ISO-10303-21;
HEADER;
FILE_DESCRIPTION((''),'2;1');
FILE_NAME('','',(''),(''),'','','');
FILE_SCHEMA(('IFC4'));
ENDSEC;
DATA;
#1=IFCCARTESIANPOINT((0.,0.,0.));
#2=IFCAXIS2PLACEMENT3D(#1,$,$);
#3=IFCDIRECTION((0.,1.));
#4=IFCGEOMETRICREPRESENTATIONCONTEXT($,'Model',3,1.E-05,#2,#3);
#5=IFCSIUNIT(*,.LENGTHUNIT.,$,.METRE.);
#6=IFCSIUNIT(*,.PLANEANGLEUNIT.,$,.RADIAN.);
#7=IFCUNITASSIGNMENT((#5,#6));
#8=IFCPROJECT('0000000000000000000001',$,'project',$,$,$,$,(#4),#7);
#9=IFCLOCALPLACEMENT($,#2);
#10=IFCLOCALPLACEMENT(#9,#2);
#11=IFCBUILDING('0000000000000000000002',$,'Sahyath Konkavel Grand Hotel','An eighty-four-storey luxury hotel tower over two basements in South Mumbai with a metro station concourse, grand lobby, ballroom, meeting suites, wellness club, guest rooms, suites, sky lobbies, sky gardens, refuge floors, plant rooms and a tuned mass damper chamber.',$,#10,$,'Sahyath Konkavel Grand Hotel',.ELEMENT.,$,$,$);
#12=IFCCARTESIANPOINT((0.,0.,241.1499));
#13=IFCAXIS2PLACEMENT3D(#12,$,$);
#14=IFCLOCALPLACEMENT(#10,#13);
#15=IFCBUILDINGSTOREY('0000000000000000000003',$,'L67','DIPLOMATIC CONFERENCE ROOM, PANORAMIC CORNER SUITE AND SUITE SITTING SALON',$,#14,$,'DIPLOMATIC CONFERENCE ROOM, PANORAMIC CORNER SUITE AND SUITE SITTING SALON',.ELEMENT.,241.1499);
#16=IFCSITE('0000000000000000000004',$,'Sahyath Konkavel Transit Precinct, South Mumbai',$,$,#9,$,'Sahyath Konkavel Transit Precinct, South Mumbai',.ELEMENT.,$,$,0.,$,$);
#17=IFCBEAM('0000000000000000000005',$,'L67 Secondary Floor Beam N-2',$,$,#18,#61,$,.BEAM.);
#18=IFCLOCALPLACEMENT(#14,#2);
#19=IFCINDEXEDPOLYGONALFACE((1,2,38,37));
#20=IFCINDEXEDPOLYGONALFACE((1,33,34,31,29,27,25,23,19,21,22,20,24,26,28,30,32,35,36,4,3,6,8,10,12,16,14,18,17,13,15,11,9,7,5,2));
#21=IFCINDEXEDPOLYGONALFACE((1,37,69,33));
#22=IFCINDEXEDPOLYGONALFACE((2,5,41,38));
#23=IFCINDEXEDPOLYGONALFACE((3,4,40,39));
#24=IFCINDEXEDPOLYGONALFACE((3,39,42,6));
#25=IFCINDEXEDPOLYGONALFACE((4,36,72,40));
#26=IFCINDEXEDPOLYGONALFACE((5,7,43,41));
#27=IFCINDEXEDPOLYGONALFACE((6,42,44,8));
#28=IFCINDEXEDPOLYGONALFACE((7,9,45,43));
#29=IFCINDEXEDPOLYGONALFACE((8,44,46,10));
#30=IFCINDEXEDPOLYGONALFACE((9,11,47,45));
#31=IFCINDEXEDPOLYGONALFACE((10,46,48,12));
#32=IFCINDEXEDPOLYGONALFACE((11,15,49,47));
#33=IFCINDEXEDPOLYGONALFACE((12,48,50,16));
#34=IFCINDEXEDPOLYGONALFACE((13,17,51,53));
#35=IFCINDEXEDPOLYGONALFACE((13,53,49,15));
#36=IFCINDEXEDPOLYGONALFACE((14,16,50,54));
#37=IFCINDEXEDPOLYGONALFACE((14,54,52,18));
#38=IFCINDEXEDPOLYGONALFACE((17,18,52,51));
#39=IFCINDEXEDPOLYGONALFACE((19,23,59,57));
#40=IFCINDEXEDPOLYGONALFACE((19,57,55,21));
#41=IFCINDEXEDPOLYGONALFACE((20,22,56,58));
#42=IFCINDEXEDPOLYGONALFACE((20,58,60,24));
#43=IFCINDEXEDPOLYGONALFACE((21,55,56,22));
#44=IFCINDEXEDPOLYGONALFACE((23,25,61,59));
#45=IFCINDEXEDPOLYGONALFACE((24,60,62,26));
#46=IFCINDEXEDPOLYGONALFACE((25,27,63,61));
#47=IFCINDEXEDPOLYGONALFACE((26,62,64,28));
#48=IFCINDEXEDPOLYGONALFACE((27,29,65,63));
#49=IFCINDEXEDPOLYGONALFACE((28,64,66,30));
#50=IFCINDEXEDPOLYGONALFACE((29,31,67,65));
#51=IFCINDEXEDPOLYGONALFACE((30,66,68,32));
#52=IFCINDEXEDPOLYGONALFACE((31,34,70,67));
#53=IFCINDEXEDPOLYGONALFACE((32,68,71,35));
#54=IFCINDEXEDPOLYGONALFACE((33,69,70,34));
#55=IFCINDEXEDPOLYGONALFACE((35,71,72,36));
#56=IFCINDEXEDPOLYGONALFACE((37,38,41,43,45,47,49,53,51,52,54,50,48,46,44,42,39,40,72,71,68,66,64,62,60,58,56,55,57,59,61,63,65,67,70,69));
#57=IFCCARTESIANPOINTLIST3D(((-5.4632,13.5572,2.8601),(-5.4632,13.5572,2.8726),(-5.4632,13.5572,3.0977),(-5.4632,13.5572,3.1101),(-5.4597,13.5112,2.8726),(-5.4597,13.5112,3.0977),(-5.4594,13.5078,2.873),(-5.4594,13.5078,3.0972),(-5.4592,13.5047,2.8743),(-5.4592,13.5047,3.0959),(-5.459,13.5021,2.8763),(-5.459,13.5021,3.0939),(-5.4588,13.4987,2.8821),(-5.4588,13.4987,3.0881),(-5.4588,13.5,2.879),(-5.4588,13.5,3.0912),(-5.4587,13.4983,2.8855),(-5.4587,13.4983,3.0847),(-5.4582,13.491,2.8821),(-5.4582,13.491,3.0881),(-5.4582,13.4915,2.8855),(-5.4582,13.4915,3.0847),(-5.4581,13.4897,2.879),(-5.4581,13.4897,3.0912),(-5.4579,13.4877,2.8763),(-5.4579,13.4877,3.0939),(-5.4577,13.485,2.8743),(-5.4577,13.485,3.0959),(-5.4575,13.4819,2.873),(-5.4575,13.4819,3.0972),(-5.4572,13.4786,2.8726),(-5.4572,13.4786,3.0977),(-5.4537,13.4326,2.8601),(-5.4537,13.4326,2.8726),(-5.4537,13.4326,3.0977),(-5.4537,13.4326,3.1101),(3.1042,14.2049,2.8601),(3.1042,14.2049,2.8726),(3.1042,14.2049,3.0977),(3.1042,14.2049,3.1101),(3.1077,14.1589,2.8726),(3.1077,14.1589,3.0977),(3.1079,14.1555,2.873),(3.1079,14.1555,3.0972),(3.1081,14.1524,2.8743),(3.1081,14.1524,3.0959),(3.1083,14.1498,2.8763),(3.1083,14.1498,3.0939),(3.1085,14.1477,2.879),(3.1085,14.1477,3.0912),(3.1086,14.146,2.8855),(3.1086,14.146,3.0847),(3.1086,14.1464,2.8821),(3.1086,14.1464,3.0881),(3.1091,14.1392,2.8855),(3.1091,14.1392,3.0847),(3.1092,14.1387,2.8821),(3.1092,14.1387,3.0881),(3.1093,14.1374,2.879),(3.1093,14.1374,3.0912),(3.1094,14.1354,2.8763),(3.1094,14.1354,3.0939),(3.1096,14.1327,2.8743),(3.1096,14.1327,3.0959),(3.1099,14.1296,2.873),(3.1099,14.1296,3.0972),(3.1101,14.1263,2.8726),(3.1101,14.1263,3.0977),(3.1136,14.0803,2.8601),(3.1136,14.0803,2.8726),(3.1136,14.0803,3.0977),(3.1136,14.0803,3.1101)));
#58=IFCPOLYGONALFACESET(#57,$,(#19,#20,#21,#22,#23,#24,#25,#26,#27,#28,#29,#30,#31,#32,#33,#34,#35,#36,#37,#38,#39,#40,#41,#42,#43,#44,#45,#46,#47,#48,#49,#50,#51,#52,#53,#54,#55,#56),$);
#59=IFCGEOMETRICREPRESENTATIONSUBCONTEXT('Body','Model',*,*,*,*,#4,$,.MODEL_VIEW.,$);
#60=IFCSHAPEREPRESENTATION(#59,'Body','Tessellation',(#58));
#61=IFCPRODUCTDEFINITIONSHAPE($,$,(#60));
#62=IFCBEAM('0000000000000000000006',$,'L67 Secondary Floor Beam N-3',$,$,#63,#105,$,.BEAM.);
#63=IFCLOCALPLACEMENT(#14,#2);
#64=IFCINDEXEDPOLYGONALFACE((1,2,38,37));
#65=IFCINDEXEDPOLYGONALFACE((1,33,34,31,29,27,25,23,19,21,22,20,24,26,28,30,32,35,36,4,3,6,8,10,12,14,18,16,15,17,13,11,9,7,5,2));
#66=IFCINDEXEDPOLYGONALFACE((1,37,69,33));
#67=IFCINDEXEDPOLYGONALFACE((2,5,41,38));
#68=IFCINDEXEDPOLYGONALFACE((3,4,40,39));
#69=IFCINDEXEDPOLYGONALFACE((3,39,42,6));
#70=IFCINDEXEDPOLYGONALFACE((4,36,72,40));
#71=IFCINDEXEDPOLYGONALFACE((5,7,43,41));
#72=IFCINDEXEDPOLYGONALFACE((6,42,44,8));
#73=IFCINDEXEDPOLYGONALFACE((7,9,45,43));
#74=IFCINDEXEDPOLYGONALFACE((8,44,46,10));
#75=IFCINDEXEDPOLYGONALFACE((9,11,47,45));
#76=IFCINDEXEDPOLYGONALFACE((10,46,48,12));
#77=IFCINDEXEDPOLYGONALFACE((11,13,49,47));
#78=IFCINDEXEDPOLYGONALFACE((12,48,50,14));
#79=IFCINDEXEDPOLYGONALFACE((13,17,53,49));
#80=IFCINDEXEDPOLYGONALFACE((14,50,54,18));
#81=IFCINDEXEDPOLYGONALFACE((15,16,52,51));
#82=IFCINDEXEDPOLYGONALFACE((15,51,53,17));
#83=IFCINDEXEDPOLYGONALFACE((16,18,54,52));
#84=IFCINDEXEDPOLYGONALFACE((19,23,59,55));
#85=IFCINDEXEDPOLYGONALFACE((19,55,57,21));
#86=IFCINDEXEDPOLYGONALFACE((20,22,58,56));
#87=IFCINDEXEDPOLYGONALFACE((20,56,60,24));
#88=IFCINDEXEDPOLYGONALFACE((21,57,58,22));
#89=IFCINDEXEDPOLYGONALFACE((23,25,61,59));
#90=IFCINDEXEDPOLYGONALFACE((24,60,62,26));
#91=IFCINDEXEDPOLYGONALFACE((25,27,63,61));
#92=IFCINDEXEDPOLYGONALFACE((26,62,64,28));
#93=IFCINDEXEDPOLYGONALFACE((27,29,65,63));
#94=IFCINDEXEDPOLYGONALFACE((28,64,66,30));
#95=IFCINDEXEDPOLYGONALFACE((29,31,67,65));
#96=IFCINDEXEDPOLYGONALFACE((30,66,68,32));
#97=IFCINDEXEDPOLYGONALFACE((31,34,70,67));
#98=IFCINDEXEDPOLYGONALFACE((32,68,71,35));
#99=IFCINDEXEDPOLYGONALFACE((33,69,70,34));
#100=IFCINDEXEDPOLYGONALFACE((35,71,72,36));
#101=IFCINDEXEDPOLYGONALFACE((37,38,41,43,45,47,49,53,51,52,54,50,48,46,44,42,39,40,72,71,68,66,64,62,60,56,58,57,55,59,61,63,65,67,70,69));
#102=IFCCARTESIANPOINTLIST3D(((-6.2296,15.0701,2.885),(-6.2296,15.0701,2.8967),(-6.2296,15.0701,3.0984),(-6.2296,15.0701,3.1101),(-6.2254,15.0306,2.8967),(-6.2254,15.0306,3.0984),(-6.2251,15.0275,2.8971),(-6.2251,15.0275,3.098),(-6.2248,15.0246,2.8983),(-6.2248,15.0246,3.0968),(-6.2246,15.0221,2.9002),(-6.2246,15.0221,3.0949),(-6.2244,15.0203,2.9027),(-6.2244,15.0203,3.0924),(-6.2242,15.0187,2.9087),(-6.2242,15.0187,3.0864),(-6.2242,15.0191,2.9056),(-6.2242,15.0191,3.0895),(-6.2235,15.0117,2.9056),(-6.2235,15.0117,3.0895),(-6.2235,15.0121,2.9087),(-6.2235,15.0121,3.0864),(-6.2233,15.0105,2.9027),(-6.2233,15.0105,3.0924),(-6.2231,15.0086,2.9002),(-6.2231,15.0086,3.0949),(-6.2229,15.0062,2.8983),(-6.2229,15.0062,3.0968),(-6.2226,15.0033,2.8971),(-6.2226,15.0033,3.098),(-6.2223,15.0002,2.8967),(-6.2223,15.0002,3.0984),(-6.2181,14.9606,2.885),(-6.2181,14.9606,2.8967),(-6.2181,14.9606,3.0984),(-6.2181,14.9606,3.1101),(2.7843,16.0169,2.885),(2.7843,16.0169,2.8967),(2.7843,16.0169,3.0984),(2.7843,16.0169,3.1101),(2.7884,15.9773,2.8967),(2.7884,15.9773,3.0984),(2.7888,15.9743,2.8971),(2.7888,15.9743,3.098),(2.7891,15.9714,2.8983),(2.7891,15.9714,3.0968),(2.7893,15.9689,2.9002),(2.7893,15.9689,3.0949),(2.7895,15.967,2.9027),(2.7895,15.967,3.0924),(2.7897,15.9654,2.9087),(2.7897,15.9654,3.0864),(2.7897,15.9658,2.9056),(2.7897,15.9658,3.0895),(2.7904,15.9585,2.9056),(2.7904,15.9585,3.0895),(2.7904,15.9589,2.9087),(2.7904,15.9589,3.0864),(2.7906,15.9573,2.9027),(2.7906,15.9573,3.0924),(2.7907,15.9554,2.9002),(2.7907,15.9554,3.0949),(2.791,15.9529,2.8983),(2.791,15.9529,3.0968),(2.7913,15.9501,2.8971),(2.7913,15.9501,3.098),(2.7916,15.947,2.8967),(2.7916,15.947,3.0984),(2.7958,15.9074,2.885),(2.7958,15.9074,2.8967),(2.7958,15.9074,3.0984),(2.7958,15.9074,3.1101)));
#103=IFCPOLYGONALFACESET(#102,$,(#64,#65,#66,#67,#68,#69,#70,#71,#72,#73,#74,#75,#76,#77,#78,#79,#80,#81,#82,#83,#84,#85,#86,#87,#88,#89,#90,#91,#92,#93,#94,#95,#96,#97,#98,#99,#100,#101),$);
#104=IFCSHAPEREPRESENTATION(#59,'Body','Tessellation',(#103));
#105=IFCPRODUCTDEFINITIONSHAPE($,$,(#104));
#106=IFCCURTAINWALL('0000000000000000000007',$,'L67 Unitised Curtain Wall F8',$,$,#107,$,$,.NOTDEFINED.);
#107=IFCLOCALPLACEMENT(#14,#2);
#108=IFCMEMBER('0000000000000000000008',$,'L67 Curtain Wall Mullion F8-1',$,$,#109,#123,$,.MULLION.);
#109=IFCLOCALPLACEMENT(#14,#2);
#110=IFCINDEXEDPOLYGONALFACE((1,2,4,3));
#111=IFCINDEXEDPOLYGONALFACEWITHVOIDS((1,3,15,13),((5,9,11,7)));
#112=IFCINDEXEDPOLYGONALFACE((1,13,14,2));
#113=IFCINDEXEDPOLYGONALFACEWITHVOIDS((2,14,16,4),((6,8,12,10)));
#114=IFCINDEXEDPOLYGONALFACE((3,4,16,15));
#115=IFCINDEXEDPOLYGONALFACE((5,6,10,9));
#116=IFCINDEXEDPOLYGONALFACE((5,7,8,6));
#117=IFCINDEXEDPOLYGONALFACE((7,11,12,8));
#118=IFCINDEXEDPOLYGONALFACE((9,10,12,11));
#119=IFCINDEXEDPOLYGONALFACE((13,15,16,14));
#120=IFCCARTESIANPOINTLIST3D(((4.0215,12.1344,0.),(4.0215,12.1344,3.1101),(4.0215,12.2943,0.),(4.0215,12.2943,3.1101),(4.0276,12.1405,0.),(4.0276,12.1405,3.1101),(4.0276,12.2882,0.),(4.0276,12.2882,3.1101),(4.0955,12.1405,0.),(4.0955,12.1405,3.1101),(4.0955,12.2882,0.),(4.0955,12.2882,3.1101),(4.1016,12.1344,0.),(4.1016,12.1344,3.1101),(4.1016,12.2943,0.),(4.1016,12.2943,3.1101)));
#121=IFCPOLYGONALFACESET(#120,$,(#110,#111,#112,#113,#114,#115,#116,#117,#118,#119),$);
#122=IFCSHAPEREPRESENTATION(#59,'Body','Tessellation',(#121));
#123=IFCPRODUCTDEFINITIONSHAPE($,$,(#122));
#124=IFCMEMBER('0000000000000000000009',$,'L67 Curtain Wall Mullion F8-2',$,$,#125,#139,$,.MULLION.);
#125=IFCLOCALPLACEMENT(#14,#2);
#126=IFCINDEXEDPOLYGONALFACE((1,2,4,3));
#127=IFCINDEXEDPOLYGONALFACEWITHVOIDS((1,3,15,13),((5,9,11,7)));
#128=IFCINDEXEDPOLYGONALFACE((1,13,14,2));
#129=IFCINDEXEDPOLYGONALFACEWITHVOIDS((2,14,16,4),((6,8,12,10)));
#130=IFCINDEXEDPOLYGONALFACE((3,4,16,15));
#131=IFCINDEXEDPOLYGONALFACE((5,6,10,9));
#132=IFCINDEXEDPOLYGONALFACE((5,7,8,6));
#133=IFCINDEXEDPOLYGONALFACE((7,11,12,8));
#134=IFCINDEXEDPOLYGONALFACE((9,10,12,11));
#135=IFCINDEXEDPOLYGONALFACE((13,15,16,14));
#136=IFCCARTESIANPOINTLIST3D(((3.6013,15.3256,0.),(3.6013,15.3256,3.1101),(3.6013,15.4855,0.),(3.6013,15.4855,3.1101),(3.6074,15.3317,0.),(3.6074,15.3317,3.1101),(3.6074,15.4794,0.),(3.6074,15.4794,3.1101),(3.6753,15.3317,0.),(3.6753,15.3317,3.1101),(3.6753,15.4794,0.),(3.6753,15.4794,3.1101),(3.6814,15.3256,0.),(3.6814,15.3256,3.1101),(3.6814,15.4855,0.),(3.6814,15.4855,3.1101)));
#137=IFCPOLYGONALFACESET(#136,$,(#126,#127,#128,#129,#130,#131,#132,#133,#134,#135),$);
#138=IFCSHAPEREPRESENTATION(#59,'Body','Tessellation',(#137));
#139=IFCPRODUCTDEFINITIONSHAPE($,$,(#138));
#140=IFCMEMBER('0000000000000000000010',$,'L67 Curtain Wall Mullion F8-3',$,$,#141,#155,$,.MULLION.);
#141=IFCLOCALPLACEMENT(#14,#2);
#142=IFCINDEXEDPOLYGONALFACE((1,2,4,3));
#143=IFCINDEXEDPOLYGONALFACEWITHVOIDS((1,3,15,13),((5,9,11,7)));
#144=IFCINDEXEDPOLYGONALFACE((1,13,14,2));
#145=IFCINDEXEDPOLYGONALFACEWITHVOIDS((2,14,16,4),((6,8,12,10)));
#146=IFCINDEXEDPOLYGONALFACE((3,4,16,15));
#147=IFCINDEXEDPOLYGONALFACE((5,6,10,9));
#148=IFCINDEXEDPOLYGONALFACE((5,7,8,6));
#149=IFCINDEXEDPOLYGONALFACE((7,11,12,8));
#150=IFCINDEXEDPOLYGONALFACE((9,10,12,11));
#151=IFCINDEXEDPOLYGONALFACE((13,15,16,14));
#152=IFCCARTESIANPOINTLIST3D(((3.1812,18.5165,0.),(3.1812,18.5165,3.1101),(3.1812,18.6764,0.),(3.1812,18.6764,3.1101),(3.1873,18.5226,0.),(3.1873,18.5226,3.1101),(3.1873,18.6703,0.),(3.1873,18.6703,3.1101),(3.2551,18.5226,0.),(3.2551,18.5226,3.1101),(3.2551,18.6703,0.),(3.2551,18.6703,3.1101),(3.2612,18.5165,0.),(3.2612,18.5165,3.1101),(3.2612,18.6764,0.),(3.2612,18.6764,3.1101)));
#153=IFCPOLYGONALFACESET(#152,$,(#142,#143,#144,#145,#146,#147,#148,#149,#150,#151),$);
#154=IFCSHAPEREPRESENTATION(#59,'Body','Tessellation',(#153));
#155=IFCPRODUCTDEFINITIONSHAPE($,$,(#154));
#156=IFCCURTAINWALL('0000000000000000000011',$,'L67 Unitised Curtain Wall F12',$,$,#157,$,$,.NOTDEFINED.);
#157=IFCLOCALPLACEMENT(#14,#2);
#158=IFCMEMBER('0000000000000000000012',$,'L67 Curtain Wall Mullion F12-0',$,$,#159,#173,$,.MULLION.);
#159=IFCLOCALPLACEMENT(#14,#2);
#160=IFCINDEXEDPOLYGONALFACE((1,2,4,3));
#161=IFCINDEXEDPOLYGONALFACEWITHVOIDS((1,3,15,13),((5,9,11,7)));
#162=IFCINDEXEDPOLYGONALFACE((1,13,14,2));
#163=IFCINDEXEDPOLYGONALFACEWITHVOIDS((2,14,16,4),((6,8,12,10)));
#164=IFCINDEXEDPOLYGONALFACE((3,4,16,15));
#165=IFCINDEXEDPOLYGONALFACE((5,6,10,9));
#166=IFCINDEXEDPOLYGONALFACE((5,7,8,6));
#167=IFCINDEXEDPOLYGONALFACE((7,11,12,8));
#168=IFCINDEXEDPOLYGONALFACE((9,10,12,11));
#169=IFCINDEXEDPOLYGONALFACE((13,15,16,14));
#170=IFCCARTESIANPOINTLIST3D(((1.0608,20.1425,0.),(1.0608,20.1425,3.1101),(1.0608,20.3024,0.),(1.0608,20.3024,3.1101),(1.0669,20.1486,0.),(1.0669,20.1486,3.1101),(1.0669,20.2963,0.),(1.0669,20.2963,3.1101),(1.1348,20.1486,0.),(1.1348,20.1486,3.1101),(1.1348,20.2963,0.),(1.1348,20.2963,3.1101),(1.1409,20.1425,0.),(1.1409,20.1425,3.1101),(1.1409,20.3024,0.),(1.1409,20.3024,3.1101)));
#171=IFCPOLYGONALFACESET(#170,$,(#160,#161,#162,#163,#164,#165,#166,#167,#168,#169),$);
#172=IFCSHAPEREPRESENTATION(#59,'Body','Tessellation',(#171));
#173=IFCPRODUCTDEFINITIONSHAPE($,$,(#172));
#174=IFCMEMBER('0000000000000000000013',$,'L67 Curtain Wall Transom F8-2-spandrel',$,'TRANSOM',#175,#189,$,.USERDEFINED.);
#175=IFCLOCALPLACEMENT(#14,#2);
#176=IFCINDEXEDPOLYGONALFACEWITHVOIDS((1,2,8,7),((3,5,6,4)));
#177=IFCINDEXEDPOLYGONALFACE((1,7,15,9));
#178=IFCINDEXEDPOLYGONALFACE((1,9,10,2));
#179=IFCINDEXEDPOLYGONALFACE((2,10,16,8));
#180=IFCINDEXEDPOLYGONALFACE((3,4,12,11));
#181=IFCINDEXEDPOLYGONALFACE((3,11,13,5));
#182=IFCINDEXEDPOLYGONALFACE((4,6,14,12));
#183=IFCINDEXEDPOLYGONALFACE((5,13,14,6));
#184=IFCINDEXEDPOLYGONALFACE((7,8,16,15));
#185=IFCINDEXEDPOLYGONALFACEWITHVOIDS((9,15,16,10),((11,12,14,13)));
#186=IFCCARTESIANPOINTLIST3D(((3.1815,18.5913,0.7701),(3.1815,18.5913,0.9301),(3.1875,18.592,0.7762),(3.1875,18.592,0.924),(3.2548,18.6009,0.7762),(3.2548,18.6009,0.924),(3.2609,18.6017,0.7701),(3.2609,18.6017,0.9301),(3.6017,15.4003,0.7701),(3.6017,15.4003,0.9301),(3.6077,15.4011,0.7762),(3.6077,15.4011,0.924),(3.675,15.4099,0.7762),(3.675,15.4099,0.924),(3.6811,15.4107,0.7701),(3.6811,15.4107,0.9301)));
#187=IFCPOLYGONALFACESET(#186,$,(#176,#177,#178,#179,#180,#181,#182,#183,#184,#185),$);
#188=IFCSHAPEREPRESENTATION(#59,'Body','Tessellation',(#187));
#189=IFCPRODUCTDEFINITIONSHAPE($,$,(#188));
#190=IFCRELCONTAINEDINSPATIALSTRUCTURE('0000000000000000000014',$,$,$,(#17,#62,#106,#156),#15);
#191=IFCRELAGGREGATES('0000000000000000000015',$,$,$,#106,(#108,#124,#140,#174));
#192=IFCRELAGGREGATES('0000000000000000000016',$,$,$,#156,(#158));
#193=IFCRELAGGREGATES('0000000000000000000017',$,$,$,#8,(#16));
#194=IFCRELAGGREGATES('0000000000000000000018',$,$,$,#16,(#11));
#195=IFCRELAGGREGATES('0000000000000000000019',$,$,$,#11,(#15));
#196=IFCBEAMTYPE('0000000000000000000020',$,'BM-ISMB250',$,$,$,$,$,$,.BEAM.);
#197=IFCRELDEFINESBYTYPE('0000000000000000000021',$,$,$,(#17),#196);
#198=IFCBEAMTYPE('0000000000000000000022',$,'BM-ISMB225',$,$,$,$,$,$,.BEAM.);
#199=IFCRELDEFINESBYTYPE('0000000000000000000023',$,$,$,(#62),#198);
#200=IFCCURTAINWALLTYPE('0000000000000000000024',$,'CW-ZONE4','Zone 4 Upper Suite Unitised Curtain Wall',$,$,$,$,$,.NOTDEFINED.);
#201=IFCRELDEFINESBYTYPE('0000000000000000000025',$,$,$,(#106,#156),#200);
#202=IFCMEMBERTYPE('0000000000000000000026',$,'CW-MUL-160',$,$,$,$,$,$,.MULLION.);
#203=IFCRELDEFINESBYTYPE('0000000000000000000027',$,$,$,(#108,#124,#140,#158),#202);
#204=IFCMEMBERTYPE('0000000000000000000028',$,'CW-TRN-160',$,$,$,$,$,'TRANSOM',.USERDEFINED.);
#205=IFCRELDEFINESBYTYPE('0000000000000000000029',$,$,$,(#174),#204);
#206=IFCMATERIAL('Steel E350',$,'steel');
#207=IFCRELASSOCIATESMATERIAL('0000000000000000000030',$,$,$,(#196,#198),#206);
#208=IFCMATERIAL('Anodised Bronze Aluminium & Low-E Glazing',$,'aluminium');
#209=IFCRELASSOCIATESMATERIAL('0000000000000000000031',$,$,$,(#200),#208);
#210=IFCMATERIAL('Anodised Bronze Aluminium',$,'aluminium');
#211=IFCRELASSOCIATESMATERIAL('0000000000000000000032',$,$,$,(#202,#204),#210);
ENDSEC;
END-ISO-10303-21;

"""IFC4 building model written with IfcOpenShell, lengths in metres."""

from ifc_helpers import new_model, si_unit, direction, frame, origin, origin_2d, place, context, subcontext, project, spatial, hollow_rectangle, i_section, extrude, source, transform, mapped, material, material_profile, profile_set, type_object, element, aggregate, save


model = new_model("IFC4")

# Units and contexts
model_context = context("Model", 3, precision=1e-05, world=origin(), true_north=direction((0.0, 1.0)))
body_context = subcontext(model_context, "Body", "Model", "MODEL_VIEW")
ifc_project = project(units=[si_unit("LENGTHUNIT", "METRE"), si_unit("PLANEANGLEUNIT", "RADIAN")], contexts=[model_context])

# Site, building, storey
site_placement = place(None, origin())
site = spatial("IfcSite", under=ifc_project, at=site_placement, Name="Sahyath Konkavel Transit Precinct, South Mumbai", LongName="Sahyath Konkavel Transit Precinct, South Mumbai", CompositionType="ELEMENT", RefElevation=0.0)
building_placement = place(site_placement, origin())
building = spatial("IfcBuilding", under=site, at=building_placement, Name="Sahyath Konkavel Grand Hotel", Description="An eighty-four-storey luxury hotel tower over two basements in South Mumbai with a metro station concourse, grand lobby, ballroom, meeting suites, wellness club, guest rooms, suites, sky lobbies, sky gardens, refuge floors, plant rooms and a tuned mass damper chamber.", LongName="Sahyath Konkavel Grand Hotel", CompositionType="ELEMENT")
storey_placement = place(building_placement, frame((0.0, 0.0, 241.1499)))
storey = spatial("IfcBuildingStorey", under=building, at=storey_placement, Name="L67", Description="DIPLOMATIC CONFERENCE ROOM, PANORAMIC CORNER SUITE AND SUITE SITTING SALON", LongName="DIPLOMATIC CONFERENCE ROOM, PANORAMIC CORNER SUITE AND SUITE SITTING SALON", CompositionType="ELEMENT", Elevation=241.1499)

# Beams
ifc_material_1 = material(Name="Steel E350", Category="steel")
ifc_material_profile_1 = material_profile(ifc_material_1, i_section(OverallWidth=0.125, OverallDepth=0.25, WebThickness=0.0068, FlangeThickness=0.0125, FilletRadius=0.0129, at=origin_2d()), Name="ISMB 250")
ifc_profile_set_1 = profile_set([ifc_material_profile_1], Name="Steel E350")
beam_type_1 = type_object("IfcBeamType", Name="BM-ISMB250", PredefinedType="BEAM", material=ifc_profile_set_1)
shared_shape_1 = source(origin(), body_context, "Body", "SweptSolid", [
    extrude(i_section(OverallWidth=0.125, OverallDepth=0.25, WebThickness=0.0068, FlangeThickness=0.0125, FilletRadius=0.0129, at=origin_2d()), origin(), (0.0, 0.0, 1.0), 8.5918),
])
beam_1_placement = place(storey_placement, frame((3.1089, 14.1426, 2.9851), z_axis=(-0.997154, -0.075386, 0.0), x_axis=(0.075386, -0.997154, 0.0)))
element("IfcBeam", 1, at=beam_1_placement, inside=storey, type_object=beam_type_1, Name="L67 Secondary Floor Beam N-2", PredefinedType="BEAM", context=body_context, shape_type="MappedRepresentation", body=[
    mapped(shared_shape_1, transform((0.0, 0.0, 0.0), scale=1.0)),
])
ifc_material_profile_2 = material_profile(ifc_material_1, i_section(OverallWidth=0.1101, OverallDepth=0.2251, WebThickness=0.0066, FlangeThickness=0.0117, FilletRadius=0.012, at=origin_2d()), Name="ISMB 225")
ifc_profile_set_2 = profile_set([ifc_material_profile_2], Name="Steel E350")
beam_type_2 = type_object("IfcBeamType", Name="BM-ISMB225", PredefinedType="BEAM", material=ifc_profile_set_2)
shared_shape_2 = source(origin(), body_context, "Body", "SweptSolid", [
    extrude(i_section(OverallWidth=0.1101, OverallDepth=0.2251, WebThickness=0.0066, FlangeThickness=0.0117, FilletRadius=0.012, at=origin_2d()), origin(), (0.0, 0.0, 1.0), 9.0635),
])
beam_2_placement = place(storey_placement, frame((2.79, 15.9622, 2.9976), z_axis=(-0.994529, -0.10446, 0.0), x_axis=(0.10446, -0.994529, 0.0)))
element("IfcBeam", 2, at=beam_2_placement, inside=storey, type_object=beam_type_2, Name="L67 Secondary Floor Beam N-3", PredefinedType="BEAM", context=body_context, shape_type="MappedRepresentation", body=[
    mapped(shared_shape_2, transform((0.0, 0.0, 0.0), scale=1.0)),
])

# Curtain wall, members
ifc_material_2 = material(Name="Anodised Bronze Aluminium & Low-E Glazing", Category="aluminium")
curtain_wall_type = type_object("IfcCurtainWallType", Name="CW-ZONE4", Description="Zone 4 Upper Suite Unitised Curtain Wall", PredefinedType="NOTDEFINED", material=ifc_material_2)
curtain_wall_1_placement = place(storey_placement, origin())
curtain_wall_1 = element("IfcCurtainWall", 3, at=curtain_wall_1_placement, inside=storey, type_object=curtain_wall_type, Name="L67 Unitised Curtain Wall F8", PredefinedType="NOTDEFINED")
ifc_material_3 = material(Name="Anodised Bronze Aluminium", Category="aluminium")
ifc_material_profile_3 = material_profile(ifc_material_3, hollow_rectangle(XDim=0.0801, YDim=0.1599, WallThickness=0.0061, at=origin_2d()), Name="RHS 160x80x6")
ifc_profile_set_3 = profile_set([ifc_material_profile_3], Name="Anodised Bronze Aluminium")
member_type_1 = type_object("IfcMemberType", Name="CW-MUL-160", PredefinedType="MULLION", material=ifc_profile_set_3)
shared_shape_3 = source(origin(), body_context, "Body", "SweptSolid", [
    extrude(hollow_rectangle(XDim=0.0801, YDim=0.1599, WallThickness=0.0061, at=origin_2d()), origin(), (0.0, 0.0, 1.0), 3.1101),
])
member_1_placement = place(storey_placement, frame((4.0615, 12.2144, 0.0), z_axis=(0.0, 0.0, 1.0), x_axis=(1.0, 0.0, 0.0)))
member_1 = element("IfcMember", 4, at=member_1_placement, type_object=member_type_1, Name="L67 Curtain Wall Mullion F8-1", PredefinedType="MULLION", context=body_context, shape_type="MappedRepresentation", body=[
    mapped(shared_shape_3, transform((0.0, 0.0, 0.0), scale=1.0)),
])
member_2_placement = place(storey_placement, frame((3.6414, 15.4055, 0.0), z_axis=(0.0, 0.0, 1.0), x_axis=(1.0, 0.0, 0.0)))
member_2 = element("IfcMember", 5, at=member_2_placement, type_object=member_type_1, Name="L67 Curtain Wall Mullion F8-2", PredefinedType="MULLION", context=body_context, shape_type="MappedRepresentation", body=[
    mapped(shared_shape_3, transform((0.0, 0.0, 0.0), scale=1.0)),
])
member_3_placement = place(storey_placement, frame((3.2212, 18.5964, 0.0), z_axis=(0.0, 0.0, 1.0), x_axis=(1.0, 0.0, 0.0)))
member_3 = element("IfcMember", 6, at=member_3_placement, type_object=member_type_1, Name="L67 Curtain Wall Mullion F8-3", PredefinedType="MULLION", context=body_context, shape_type="MappedRepresentation", body=[
    mapped(shared_shape_3, transform((0.0, 0.0, 0.0), scale=1.0)),
])

# Curtain wall, member
curtain_wall_2_placement = place(storey_placement, origin())
curtain_wall_2 = element("IfcCurtainWall", 7, at=curtain_wall_2_placement, inside=storey, type_object=curtain_wall_type, Name="L67 Unitised Curtain Wall F12", PredefinedType="NOTDEFINED")
member_4_placement = place(storey_placement, frame((1.1008, 20.2224, 0.0), z_axis=(0.0, 0.0, 1.0), x_axis=(1.0, 0.0, 0.0)))
member_4 = element("IfcMember", 8, at=member_4_placement, type_object=member_type_1, Name="L67 Curtain Wall Mullion F12-0", PredefinedType="MULLION", context=body_context, shape_type="MappedRepresentation", body=[
    mapped(shared_shape_3, transform((0.0, 0.0, 0.0), scale=1.0)),
])

# Member
ifc_material_profile_4 = material_profile(ifc_material_3, hollow_rectangle(XDim=0.0801, YDim=0.1599, WallThickness=0.0061, at=origin_2d()), Name="RHS 160x80x6")
ifc_profile_set_4 = profile_set([ifc_material_profile_4], Name="Anodised Bronze Aluminium")
member_type_2 = type_object("IfcMemberType", Name="CW-TRN-160", ElementType="TRANSOM", PredefinedType="USERDEFINED", material=ifc_profile_set_4)
shared_shape_4 = source(origin(), body_context, "Body", "SweptSolid", [
    extrude(hollow_rectangle(XDim=0.0801, YDim=0.1599, WallThickness=0.0061, at=origin_2d()), origin(), (0.0, 0.0, 1.0), 3.2185),
])
member_5_placement = place(storey_placement, frame((3.6414, 15.4055, 0.8501), z_axis=(-0.130549, 0.991442, 0.0), x_axis=(-0.991442, -0.130549, 0.0)))
member_5 = element("IfcMember", 9, at=member_5_placement, type_object=member_type_2, Name="L67 Curtain Wall Transom F8-2-spandrel", ObjectType="TRANSOM", PredefinedType="USERDEFINED", context=body_context, shape_type="MappedRepresentation", body=[
    mapped(shared_shape_4, transform((0.0, 0.0, 0.0), scale=1.0)),
])

aggregate(curtain_wall_1, [member_1, member_2, member_3, member_5])
aggregate(curtain_wall_2, [member_4])

save(model, "model.ifc")
